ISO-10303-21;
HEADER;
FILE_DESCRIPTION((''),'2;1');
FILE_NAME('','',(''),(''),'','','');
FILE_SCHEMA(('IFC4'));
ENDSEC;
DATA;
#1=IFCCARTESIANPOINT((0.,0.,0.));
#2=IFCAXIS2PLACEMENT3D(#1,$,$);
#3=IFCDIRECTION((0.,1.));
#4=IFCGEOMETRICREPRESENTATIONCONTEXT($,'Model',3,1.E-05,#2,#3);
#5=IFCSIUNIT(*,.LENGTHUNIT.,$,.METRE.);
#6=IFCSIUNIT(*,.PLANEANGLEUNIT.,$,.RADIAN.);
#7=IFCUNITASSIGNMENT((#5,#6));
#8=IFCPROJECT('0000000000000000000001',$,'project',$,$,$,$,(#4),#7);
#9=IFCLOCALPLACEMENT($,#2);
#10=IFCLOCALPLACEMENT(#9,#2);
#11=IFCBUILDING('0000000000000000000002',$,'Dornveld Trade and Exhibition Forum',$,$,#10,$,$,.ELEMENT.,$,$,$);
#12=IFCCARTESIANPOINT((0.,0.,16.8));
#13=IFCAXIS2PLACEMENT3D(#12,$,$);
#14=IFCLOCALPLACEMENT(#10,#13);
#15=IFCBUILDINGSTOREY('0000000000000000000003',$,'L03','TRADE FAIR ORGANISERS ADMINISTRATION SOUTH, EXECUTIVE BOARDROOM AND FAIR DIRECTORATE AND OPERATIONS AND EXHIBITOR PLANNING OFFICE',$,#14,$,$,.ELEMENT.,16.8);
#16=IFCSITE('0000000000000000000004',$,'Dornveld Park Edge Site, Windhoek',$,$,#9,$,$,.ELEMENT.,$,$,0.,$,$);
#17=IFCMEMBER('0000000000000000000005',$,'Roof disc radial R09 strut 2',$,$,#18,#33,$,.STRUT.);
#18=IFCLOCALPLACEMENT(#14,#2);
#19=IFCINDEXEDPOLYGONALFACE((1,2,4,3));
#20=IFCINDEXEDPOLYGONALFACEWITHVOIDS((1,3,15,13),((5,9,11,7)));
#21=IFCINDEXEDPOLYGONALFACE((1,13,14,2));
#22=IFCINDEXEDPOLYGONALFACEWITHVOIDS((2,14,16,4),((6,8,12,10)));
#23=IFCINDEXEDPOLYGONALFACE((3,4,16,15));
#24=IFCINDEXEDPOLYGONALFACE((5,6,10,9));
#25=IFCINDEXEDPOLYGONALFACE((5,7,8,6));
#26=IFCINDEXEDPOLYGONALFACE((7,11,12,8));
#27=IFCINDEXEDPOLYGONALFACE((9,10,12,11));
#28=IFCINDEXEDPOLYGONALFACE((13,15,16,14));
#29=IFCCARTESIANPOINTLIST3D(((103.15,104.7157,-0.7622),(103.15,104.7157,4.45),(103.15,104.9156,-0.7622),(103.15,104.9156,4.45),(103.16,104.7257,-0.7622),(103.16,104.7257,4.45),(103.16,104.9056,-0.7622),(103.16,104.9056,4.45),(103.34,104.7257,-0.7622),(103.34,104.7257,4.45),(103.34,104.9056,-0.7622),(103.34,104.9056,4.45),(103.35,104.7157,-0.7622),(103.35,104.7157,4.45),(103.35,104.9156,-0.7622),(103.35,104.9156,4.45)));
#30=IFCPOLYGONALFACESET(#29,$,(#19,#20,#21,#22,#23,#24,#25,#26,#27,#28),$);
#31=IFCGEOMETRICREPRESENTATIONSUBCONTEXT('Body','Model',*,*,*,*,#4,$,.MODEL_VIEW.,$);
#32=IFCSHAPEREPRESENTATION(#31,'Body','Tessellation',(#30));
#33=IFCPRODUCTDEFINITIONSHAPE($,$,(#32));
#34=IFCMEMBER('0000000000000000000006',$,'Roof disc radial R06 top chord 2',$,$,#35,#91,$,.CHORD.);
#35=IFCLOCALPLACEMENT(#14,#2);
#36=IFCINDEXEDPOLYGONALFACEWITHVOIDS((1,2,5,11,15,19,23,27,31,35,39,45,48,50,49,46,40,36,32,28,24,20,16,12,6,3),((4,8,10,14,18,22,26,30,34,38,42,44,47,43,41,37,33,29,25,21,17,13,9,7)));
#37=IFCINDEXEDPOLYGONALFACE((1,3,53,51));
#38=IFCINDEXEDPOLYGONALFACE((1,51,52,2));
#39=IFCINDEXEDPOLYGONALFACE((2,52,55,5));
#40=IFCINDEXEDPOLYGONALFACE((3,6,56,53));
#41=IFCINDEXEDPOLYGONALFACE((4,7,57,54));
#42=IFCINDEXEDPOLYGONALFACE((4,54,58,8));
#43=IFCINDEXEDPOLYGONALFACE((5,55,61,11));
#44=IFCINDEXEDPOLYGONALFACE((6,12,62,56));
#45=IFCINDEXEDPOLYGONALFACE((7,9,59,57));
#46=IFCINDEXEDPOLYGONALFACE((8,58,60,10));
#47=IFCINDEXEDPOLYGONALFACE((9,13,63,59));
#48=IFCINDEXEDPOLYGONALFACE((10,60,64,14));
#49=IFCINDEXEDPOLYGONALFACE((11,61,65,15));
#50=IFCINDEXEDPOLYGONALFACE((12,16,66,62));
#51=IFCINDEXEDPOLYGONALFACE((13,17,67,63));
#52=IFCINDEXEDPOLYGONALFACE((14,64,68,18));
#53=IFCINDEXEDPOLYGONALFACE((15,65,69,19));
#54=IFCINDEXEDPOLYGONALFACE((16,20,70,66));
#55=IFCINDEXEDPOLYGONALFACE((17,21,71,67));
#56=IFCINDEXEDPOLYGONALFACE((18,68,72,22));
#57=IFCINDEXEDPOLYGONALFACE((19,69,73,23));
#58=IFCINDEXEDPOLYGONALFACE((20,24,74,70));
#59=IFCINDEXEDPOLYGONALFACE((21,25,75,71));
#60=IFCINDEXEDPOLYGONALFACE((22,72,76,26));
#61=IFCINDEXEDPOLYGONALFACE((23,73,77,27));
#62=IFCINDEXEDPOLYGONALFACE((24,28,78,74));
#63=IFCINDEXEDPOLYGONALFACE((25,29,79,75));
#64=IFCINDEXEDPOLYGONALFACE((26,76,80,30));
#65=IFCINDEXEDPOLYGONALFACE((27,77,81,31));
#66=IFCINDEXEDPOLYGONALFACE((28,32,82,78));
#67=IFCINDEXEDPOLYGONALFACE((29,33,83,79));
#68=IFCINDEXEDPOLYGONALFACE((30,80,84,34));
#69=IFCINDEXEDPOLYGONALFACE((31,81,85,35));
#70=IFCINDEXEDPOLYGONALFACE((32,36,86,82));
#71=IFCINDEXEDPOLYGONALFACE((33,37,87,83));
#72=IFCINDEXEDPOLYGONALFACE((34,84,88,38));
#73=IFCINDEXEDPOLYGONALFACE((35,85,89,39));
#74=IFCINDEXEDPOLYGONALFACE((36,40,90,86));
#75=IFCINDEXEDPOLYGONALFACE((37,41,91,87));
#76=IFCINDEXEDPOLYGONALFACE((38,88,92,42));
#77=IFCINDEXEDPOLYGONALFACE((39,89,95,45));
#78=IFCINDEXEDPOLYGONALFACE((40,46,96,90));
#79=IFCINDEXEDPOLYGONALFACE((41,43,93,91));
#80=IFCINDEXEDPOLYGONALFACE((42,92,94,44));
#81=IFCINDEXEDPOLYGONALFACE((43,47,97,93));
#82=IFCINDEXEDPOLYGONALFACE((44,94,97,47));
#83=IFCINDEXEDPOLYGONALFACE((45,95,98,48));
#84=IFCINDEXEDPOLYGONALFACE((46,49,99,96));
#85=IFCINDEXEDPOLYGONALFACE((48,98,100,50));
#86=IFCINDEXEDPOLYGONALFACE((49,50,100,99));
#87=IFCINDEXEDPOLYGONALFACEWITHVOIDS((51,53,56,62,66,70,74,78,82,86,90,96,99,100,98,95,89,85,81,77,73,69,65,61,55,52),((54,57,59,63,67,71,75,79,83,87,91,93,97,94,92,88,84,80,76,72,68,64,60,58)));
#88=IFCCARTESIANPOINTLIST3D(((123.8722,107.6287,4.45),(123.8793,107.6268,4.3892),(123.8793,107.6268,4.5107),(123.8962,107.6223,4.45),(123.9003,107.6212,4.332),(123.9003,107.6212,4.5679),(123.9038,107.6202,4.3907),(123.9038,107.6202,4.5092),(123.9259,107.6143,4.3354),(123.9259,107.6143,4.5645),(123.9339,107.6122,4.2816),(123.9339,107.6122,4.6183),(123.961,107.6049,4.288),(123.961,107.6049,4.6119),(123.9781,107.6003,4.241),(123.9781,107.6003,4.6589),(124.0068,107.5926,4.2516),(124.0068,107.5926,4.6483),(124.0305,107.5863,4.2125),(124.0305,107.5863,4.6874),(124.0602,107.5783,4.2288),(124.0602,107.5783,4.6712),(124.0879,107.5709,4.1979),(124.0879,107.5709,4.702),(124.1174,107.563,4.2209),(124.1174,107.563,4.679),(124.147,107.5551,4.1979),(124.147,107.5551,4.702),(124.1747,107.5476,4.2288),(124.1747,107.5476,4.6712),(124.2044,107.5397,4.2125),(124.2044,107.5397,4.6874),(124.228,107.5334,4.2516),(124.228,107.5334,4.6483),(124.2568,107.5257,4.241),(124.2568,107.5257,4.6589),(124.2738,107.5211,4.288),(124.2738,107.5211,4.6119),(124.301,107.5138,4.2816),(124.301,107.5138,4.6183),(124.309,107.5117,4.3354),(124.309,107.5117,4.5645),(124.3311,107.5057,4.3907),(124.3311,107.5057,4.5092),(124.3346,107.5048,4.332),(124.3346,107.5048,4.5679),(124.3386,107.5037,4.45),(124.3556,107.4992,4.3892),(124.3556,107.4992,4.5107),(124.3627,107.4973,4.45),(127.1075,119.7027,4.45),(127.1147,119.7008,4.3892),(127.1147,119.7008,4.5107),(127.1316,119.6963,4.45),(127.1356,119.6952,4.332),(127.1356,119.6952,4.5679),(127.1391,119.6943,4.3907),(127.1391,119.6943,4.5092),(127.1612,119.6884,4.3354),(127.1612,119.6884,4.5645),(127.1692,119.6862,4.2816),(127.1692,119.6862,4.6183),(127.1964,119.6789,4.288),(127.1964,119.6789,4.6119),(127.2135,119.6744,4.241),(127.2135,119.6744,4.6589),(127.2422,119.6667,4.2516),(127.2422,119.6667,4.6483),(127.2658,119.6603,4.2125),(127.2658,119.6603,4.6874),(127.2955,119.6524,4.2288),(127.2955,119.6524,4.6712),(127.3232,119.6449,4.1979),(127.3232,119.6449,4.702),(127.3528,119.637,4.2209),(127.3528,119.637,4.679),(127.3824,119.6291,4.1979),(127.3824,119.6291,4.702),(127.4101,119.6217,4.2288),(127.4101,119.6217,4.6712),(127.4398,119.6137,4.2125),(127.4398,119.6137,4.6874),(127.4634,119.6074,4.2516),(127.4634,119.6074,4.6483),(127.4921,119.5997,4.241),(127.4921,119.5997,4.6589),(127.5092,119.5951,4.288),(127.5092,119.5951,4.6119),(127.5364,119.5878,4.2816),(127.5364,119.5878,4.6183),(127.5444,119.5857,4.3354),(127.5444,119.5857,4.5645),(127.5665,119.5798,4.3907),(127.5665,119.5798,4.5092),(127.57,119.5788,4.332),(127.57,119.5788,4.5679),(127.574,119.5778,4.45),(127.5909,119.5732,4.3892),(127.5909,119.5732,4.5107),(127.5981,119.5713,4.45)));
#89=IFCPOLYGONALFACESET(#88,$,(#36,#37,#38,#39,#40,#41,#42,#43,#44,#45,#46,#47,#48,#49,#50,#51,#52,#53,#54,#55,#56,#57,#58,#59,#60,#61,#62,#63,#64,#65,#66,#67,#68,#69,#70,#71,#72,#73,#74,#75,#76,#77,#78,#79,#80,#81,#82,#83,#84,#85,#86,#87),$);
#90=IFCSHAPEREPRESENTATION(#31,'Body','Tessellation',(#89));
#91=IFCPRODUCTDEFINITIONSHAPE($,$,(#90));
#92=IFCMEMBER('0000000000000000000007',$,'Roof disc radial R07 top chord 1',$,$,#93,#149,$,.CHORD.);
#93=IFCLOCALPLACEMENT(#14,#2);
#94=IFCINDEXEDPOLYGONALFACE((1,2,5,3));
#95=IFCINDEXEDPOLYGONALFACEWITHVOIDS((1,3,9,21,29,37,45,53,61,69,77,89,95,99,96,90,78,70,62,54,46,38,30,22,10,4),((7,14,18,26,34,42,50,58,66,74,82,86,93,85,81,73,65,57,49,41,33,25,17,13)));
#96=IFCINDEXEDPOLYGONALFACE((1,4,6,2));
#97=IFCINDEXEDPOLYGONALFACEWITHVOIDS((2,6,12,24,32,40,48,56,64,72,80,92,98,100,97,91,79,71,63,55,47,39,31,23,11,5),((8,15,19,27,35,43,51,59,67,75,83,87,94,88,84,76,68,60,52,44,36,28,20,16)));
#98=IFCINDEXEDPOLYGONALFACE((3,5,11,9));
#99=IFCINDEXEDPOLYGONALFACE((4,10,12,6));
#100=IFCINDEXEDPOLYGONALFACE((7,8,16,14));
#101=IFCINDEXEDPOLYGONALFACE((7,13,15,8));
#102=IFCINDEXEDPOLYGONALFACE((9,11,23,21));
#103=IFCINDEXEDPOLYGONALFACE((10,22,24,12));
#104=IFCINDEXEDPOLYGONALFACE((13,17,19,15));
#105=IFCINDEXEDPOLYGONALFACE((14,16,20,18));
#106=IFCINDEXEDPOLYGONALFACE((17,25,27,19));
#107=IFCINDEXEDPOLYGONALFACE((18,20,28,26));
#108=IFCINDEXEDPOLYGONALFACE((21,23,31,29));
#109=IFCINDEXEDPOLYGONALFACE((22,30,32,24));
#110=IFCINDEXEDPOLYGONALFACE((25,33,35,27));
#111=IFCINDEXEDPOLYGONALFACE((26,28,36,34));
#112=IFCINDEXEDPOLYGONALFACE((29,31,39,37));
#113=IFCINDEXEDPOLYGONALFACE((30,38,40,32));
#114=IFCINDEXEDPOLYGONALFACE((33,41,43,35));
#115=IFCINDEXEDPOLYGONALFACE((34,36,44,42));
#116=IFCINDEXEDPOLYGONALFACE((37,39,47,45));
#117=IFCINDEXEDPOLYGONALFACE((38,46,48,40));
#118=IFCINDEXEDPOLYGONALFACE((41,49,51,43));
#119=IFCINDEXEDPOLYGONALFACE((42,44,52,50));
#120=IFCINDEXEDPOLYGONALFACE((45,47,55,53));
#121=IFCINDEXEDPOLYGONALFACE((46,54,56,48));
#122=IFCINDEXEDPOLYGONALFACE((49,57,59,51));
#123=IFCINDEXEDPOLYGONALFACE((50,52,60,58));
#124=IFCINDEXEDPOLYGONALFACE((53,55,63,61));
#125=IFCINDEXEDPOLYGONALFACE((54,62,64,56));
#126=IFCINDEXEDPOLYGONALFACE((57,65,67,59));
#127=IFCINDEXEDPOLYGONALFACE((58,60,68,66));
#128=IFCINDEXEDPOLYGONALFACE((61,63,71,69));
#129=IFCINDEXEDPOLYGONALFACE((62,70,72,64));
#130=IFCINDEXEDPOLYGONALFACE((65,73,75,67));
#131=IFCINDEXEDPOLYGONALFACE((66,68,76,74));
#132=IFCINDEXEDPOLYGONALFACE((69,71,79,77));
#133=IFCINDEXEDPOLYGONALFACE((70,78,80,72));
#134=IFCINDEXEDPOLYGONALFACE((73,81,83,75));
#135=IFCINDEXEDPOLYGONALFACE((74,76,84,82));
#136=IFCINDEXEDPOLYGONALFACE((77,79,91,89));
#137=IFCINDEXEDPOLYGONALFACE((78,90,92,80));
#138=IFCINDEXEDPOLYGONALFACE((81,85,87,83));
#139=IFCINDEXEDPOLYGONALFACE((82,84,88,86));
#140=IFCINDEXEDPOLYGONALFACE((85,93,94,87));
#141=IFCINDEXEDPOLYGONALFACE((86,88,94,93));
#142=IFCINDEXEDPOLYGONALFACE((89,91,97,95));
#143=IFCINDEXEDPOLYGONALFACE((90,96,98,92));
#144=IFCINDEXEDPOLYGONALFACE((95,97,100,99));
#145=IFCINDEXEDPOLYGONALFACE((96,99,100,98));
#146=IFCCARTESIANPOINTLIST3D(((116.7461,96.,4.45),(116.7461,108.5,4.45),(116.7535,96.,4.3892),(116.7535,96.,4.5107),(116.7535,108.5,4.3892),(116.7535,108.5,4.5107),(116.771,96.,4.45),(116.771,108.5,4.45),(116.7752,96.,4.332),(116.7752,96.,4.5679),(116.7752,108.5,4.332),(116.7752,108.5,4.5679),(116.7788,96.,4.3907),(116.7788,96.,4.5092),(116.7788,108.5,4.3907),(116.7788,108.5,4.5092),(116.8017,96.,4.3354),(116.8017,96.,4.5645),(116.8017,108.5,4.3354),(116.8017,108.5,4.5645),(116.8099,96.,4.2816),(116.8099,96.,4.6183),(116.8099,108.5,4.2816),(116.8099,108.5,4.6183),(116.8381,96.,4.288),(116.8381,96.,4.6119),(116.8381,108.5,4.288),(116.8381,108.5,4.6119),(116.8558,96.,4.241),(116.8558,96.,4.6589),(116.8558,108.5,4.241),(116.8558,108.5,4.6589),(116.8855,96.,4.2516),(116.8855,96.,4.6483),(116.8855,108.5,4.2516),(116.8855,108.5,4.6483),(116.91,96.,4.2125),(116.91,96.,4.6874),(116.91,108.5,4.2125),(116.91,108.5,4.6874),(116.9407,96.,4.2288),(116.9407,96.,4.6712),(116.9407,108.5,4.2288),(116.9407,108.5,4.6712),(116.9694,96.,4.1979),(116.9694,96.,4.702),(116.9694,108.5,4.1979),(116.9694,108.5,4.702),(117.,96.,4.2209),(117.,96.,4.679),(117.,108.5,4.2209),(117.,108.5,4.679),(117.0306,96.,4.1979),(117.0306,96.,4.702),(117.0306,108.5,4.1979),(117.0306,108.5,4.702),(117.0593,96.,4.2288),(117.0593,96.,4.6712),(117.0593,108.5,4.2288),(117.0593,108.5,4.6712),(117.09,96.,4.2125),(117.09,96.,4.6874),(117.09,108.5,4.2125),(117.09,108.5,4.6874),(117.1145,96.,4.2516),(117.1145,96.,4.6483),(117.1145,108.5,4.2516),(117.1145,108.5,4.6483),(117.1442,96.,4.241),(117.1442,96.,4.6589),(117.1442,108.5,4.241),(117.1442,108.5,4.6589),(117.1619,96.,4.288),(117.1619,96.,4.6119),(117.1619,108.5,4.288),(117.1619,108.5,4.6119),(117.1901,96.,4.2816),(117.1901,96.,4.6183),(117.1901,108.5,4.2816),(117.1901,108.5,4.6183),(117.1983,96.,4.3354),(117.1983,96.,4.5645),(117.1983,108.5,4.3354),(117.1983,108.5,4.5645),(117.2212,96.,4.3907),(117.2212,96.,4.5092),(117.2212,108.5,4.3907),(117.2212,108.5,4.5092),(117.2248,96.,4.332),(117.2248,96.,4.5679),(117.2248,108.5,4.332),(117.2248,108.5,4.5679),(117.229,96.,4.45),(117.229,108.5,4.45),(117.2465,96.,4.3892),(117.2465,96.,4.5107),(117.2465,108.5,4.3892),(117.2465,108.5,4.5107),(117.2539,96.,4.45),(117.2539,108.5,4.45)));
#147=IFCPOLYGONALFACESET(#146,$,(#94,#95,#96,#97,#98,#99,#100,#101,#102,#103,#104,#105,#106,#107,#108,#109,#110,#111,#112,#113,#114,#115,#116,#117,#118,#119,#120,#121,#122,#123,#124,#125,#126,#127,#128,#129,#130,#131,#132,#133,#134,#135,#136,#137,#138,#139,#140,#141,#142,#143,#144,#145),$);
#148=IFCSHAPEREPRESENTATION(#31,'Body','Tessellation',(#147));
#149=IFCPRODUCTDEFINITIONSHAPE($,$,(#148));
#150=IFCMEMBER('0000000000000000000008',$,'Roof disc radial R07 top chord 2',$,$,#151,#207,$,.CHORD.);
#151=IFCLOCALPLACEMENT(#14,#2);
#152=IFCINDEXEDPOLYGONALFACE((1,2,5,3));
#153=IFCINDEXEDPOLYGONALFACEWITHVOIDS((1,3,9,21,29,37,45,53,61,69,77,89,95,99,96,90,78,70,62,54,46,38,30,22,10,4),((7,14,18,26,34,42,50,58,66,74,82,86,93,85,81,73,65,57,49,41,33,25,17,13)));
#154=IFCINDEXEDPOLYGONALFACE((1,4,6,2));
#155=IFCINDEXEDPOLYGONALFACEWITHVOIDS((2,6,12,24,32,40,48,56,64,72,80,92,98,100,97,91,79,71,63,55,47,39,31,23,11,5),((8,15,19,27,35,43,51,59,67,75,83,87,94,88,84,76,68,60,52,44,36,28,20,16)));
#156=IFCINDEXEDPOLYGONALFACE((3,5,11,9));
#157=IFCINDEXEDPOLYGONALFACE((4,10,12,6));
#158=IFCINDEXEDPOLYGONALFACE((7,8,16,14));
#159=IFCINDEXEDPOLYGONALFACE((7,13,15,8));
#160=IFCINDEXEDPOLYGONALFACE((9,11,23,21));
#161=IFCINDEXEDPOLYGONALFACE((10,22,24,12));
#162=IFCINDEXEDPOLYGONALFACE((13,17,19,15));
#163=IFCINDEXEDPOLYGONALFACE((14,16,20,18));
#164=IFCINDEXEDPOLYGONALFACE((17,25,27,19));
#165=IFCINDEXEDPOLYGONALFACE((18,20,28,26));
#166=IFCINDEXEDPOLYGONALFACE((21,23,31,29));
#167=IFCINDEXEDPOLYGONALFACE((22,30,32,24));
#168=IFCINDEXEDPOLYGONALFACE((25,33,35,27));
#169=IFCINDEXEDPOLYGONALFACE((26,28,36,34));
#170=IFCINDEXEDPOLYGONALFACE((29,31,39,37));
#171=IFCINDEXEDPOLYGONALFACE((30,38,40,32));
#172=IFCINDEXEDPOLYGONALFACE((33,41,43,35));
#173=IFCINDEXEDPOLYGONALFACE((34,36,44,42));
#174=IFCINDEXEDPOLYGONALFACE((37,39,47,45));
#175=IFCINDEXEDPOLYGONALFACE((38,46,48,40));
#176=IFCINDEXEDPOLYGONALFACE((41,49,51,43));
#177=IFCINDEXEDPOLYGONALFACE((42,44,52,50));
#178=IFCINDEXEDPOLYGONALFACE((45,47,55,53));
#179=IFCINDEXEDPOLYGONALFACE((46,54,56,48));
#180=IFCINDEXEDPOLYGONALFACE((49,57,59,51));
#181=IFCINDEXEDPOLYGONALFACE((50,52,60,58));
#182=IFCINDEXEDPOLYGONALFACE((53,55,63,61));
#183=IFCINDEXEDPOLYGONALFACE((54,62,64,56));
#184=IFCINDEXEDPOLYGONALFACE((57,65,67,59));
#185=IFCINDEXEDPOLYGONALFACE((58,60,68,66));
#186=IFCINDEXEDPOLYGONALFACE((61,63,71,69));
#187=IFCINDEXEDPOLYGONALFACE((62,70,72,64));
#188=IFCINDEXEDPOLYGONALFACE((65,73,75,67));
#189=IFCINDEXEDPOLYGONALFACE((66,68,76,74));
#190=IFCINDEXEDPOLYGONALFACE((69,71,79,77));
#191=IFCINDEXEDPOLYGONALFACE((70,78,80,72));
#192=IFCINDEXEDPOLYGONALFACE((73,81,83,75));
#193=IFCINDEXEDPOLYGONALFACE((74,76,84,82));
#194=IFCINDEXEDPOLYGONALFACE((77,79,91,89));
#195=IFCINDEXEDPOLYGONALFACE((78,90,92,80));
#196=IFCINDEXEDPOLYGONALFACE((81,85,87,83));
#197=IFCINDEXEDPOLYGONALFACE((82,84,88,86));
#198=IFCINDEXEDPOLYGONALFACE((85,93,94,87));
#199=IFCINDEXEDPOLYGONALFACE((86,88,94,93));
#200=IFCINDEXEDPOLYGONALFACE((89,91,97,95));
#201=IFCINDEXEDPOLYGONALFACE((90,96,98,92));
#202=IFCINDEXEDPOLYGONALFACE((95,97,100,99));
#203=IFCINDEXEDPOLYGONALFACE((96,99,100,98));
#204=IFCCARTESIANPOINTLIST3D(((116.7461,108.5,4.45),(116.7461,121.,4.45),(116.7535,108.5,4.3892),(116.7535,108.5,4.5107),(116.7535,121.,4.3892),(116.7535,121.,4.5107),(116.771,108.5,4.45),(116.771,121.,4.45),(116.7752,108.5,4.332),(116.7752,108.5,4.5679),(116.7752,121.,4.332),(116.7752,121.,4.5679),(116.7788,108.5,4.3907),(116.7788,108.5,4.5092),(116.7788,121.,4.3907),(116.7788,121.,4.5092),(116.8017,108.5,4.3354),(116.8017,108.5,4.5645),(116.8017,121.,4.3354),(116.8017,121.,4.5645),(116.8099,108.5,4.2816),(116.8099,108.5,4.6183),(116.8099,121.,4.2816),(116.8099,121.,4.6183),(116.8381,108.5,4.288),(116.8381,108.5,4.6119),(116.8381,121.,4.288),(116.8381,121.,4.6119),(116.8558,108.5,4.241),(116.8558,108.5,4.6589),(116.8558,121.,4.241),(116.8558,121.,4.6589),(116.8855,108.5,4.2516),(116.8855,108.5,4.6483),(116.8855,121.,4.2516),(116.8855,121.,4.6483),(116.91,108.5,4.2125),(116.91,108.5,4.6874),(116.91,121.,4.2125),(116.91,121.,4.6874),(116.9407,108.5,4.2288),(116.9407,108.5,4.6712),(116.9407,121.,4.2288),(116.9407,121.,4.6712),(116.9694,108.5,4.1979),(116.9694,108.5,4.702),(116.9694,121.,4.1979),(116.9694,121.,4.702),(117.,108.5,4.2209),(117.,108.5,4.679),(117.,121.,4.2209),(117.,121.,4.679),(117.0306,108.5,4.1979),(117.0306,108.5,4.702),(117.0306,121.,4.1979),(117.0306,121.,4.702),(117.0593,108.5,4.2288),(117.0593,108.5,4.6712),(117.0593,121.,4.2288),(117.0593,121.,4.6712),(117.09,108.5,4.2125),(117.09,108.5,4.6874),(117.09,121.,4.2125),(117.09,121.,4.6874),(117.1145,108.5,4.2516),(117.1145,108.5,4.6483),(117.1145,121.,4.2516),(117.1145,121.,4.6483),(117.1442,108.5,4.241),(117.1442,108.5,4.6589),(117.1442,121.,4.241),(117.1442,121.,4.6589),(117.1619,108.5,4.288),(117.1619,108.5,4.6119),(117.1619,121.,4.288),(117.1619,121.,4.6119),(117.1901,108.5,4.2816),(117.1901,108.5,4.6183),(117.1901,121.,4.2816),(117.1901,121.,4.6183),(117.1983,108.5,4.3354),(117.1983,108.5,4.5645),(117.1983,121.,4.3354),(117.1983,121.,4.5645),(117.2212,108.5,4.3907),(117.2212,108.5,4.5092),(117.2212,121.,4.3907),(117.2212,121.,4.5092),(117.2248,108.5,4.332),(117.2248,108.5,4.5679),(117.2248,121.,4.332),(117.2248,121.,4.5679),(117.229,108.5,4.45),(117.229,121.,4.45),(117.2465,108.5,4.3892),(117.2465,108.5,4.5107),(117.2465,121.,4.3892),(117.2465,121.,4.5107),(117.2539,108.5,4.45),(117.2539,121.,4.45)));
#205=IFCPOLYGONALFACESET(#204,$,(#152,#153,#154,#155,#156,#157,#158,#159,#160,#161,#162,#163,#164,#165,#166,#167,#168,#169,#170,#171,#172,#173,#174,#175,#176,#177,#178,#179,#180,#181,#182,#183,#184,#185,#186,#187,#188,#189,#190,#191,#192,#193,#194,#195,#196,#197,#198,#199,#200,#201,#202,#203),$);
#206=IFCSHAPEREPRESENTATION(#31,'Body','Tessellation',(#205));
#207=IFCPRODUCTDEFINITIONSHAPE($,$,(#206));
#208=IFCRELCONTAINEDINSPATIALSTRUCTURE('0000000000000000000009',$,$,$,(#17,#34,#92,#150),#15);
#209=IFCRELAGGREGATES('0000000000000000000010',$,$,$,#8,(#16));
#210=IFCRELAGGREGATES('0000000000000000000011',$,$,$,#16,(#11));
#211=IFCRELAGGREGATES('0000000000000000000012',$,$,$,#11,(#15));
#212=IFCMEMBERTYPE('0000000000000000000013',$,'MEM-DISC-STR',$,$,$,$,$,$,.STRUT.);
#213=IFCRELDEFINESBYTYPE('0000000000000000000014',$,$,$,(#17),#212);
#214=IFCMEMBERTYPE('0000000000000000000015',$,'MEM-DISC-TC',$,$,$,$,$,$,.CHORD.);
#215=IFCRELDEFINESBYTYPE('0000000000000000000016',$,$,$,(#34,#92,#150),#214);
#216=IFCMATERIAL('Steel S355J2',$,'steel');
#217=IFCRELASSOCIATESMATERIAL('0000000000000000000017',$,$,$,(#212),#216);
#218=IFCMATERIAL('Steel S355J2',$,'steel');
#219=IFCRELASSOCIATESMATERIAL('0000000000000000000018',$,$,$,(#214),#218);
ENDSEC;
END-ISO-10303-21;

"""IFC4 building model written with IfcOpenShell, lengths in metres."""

from ifc_helpers import new_model, si_unit, direction, frame, origin, origin_2d, place, context, subcontext, project, spatial, hollow_rectangle, hollow_circle, extrude, material, material_profile, profile_set, type_object, element, save


model = new_model("IFC4")

# Units and contexts
model_context = context("Model", 3, precision=1e-05, world=origin(), true_north=direction((0.0, 1.0)))
body_context = subcontext(model_context, "Body", "Model", "MODEL_VIEW")
ifc_project = project(units=[si_unit("LENGTHUNIT", "METRE"), si_unit("PLANEANGLEUNIT", "RADIAN")], contexts=[model_context])

# Site, building, storey
site_placement = place(None, origin())
site = spatial("IfcSite", under=ifc_project, at=site_placement, Name="Dornveld Park Edge Site, Windhoek", CompositionType="ELEMENT", RefElevation=0.0)
building_placement = place(site_placement, origin())
building = spatial("IfcBuilding", under=site, at=building_placement, Name="Dornveld Trade and Exhibition Forum", CompositionType="ELEMENT")
storey_placement = place(building_placement, frame((0.0, 0.0, 16.8)))
storey = spatial("IfcBuildingStorey", under=building, at=storey_placement, Name="L03", Description="TRADE FAIR ORGANISERS ADMINISTRATION SOUTH, EXECUTIVE BOARDROOM AND FAIR DIRECTORATE AND OPERATIONS AND EXHIBITOR PLANNING OFFICE", CompositionType="ELEMENT", Elevation=16.8)

# Members
ifc_material_1 = material(Name="Steel S355J2", Category="steel")
ifc_material_profile_1 = material_profile(ifc_material_1, hollow_rectangle(XDim=0.2, YDim=0.2, WallThickness=0.01, at=origin_2d()), Name="SHS 200x200x10")
ifc_profile_set_1 = profile_set([ifc_material_profile_1], Name="Steel S355J2")
member_type_1 = type_object("IfcMemberType", Name="MEM-DISC-STR", PredefinedType="STRUT", material=ifc_profile_set_1)
for number, where, z_axis, x_axis, name in (
    (1, (103.25, 104.8157, -0.7622), (0.0, 0.0, 1.0), (1.0, 0.0, 0.0), "Roof disc radial R09 strut 2"),
):
    element("IfcMember", number, at=place(storey_placement, frame(where, z_axis=z_axis, x_axis=x_axis)), inside=storey, type_object=member_type_1, Name=name, PredefinedType="STRUT", context=body_context, shape_type="SweptSolid", body=[
        extrude(hollow_rectangle(XDim=0.2, YDim=0.2, WallThickness=0.01, at=origin_2d()), origin(), (0.0, 0.0, 1.0), 5.2122),
    ])
ifc_material_2 = material(Name="Steel S355J2", Category="steel")
ifc_material_profile_2 = material_profile(ifc_material_2, hollow_circle(Radius=0.2539, WallThickness=0.0249, at=origin_2d()), Name="CHS 508x25")
ifc_profile_set_2 = profile_set([ifc_material_profile_2], Name="Steel S355J2")
member_type_2 = type_object("IfcMemberType", Name="MEM-DISC-TC", PredefinedType="CHORD", material=ifc_profile_set_2)
for number, where, z_axis, x_axis, name in (
    (2, (124.1174, 107.563, 4.45), (0.258829, 0.965923, 0.0), (-0.965923, 0.258829, 0.0), "Roof disc radial R06 top chord 2"),
    (3, (117.0, 96.0, 4.45), (0.0, 1.0, 0.0), (-1.0, 0.0, 0.0), "Roof disc radial R07 top chord 1"),
    (4, (117.0, 108.5, 4.45), (0.0, 1.0, 0.0), (-1.0, 0.0, 0.0), "Roof disc radial R07 top chord 2"),
):
    element("IfcMember", number, at=place(storey_placement, frame(where, z_axis=z_axis, x_axis=x_axis)), inside=storey, type_object=member_type_2, Name=name, PredefinedType="CHORD", context=body_context, shape_type="SweptSolid", body=[
        extrude(hollow_circle(Radius=0.2539, WallThickness=0.0249, at=origin_2d()), origin(), (0.0, 0.0, 1.0), 12.5),
    ])

save(model, "model.ifc")
